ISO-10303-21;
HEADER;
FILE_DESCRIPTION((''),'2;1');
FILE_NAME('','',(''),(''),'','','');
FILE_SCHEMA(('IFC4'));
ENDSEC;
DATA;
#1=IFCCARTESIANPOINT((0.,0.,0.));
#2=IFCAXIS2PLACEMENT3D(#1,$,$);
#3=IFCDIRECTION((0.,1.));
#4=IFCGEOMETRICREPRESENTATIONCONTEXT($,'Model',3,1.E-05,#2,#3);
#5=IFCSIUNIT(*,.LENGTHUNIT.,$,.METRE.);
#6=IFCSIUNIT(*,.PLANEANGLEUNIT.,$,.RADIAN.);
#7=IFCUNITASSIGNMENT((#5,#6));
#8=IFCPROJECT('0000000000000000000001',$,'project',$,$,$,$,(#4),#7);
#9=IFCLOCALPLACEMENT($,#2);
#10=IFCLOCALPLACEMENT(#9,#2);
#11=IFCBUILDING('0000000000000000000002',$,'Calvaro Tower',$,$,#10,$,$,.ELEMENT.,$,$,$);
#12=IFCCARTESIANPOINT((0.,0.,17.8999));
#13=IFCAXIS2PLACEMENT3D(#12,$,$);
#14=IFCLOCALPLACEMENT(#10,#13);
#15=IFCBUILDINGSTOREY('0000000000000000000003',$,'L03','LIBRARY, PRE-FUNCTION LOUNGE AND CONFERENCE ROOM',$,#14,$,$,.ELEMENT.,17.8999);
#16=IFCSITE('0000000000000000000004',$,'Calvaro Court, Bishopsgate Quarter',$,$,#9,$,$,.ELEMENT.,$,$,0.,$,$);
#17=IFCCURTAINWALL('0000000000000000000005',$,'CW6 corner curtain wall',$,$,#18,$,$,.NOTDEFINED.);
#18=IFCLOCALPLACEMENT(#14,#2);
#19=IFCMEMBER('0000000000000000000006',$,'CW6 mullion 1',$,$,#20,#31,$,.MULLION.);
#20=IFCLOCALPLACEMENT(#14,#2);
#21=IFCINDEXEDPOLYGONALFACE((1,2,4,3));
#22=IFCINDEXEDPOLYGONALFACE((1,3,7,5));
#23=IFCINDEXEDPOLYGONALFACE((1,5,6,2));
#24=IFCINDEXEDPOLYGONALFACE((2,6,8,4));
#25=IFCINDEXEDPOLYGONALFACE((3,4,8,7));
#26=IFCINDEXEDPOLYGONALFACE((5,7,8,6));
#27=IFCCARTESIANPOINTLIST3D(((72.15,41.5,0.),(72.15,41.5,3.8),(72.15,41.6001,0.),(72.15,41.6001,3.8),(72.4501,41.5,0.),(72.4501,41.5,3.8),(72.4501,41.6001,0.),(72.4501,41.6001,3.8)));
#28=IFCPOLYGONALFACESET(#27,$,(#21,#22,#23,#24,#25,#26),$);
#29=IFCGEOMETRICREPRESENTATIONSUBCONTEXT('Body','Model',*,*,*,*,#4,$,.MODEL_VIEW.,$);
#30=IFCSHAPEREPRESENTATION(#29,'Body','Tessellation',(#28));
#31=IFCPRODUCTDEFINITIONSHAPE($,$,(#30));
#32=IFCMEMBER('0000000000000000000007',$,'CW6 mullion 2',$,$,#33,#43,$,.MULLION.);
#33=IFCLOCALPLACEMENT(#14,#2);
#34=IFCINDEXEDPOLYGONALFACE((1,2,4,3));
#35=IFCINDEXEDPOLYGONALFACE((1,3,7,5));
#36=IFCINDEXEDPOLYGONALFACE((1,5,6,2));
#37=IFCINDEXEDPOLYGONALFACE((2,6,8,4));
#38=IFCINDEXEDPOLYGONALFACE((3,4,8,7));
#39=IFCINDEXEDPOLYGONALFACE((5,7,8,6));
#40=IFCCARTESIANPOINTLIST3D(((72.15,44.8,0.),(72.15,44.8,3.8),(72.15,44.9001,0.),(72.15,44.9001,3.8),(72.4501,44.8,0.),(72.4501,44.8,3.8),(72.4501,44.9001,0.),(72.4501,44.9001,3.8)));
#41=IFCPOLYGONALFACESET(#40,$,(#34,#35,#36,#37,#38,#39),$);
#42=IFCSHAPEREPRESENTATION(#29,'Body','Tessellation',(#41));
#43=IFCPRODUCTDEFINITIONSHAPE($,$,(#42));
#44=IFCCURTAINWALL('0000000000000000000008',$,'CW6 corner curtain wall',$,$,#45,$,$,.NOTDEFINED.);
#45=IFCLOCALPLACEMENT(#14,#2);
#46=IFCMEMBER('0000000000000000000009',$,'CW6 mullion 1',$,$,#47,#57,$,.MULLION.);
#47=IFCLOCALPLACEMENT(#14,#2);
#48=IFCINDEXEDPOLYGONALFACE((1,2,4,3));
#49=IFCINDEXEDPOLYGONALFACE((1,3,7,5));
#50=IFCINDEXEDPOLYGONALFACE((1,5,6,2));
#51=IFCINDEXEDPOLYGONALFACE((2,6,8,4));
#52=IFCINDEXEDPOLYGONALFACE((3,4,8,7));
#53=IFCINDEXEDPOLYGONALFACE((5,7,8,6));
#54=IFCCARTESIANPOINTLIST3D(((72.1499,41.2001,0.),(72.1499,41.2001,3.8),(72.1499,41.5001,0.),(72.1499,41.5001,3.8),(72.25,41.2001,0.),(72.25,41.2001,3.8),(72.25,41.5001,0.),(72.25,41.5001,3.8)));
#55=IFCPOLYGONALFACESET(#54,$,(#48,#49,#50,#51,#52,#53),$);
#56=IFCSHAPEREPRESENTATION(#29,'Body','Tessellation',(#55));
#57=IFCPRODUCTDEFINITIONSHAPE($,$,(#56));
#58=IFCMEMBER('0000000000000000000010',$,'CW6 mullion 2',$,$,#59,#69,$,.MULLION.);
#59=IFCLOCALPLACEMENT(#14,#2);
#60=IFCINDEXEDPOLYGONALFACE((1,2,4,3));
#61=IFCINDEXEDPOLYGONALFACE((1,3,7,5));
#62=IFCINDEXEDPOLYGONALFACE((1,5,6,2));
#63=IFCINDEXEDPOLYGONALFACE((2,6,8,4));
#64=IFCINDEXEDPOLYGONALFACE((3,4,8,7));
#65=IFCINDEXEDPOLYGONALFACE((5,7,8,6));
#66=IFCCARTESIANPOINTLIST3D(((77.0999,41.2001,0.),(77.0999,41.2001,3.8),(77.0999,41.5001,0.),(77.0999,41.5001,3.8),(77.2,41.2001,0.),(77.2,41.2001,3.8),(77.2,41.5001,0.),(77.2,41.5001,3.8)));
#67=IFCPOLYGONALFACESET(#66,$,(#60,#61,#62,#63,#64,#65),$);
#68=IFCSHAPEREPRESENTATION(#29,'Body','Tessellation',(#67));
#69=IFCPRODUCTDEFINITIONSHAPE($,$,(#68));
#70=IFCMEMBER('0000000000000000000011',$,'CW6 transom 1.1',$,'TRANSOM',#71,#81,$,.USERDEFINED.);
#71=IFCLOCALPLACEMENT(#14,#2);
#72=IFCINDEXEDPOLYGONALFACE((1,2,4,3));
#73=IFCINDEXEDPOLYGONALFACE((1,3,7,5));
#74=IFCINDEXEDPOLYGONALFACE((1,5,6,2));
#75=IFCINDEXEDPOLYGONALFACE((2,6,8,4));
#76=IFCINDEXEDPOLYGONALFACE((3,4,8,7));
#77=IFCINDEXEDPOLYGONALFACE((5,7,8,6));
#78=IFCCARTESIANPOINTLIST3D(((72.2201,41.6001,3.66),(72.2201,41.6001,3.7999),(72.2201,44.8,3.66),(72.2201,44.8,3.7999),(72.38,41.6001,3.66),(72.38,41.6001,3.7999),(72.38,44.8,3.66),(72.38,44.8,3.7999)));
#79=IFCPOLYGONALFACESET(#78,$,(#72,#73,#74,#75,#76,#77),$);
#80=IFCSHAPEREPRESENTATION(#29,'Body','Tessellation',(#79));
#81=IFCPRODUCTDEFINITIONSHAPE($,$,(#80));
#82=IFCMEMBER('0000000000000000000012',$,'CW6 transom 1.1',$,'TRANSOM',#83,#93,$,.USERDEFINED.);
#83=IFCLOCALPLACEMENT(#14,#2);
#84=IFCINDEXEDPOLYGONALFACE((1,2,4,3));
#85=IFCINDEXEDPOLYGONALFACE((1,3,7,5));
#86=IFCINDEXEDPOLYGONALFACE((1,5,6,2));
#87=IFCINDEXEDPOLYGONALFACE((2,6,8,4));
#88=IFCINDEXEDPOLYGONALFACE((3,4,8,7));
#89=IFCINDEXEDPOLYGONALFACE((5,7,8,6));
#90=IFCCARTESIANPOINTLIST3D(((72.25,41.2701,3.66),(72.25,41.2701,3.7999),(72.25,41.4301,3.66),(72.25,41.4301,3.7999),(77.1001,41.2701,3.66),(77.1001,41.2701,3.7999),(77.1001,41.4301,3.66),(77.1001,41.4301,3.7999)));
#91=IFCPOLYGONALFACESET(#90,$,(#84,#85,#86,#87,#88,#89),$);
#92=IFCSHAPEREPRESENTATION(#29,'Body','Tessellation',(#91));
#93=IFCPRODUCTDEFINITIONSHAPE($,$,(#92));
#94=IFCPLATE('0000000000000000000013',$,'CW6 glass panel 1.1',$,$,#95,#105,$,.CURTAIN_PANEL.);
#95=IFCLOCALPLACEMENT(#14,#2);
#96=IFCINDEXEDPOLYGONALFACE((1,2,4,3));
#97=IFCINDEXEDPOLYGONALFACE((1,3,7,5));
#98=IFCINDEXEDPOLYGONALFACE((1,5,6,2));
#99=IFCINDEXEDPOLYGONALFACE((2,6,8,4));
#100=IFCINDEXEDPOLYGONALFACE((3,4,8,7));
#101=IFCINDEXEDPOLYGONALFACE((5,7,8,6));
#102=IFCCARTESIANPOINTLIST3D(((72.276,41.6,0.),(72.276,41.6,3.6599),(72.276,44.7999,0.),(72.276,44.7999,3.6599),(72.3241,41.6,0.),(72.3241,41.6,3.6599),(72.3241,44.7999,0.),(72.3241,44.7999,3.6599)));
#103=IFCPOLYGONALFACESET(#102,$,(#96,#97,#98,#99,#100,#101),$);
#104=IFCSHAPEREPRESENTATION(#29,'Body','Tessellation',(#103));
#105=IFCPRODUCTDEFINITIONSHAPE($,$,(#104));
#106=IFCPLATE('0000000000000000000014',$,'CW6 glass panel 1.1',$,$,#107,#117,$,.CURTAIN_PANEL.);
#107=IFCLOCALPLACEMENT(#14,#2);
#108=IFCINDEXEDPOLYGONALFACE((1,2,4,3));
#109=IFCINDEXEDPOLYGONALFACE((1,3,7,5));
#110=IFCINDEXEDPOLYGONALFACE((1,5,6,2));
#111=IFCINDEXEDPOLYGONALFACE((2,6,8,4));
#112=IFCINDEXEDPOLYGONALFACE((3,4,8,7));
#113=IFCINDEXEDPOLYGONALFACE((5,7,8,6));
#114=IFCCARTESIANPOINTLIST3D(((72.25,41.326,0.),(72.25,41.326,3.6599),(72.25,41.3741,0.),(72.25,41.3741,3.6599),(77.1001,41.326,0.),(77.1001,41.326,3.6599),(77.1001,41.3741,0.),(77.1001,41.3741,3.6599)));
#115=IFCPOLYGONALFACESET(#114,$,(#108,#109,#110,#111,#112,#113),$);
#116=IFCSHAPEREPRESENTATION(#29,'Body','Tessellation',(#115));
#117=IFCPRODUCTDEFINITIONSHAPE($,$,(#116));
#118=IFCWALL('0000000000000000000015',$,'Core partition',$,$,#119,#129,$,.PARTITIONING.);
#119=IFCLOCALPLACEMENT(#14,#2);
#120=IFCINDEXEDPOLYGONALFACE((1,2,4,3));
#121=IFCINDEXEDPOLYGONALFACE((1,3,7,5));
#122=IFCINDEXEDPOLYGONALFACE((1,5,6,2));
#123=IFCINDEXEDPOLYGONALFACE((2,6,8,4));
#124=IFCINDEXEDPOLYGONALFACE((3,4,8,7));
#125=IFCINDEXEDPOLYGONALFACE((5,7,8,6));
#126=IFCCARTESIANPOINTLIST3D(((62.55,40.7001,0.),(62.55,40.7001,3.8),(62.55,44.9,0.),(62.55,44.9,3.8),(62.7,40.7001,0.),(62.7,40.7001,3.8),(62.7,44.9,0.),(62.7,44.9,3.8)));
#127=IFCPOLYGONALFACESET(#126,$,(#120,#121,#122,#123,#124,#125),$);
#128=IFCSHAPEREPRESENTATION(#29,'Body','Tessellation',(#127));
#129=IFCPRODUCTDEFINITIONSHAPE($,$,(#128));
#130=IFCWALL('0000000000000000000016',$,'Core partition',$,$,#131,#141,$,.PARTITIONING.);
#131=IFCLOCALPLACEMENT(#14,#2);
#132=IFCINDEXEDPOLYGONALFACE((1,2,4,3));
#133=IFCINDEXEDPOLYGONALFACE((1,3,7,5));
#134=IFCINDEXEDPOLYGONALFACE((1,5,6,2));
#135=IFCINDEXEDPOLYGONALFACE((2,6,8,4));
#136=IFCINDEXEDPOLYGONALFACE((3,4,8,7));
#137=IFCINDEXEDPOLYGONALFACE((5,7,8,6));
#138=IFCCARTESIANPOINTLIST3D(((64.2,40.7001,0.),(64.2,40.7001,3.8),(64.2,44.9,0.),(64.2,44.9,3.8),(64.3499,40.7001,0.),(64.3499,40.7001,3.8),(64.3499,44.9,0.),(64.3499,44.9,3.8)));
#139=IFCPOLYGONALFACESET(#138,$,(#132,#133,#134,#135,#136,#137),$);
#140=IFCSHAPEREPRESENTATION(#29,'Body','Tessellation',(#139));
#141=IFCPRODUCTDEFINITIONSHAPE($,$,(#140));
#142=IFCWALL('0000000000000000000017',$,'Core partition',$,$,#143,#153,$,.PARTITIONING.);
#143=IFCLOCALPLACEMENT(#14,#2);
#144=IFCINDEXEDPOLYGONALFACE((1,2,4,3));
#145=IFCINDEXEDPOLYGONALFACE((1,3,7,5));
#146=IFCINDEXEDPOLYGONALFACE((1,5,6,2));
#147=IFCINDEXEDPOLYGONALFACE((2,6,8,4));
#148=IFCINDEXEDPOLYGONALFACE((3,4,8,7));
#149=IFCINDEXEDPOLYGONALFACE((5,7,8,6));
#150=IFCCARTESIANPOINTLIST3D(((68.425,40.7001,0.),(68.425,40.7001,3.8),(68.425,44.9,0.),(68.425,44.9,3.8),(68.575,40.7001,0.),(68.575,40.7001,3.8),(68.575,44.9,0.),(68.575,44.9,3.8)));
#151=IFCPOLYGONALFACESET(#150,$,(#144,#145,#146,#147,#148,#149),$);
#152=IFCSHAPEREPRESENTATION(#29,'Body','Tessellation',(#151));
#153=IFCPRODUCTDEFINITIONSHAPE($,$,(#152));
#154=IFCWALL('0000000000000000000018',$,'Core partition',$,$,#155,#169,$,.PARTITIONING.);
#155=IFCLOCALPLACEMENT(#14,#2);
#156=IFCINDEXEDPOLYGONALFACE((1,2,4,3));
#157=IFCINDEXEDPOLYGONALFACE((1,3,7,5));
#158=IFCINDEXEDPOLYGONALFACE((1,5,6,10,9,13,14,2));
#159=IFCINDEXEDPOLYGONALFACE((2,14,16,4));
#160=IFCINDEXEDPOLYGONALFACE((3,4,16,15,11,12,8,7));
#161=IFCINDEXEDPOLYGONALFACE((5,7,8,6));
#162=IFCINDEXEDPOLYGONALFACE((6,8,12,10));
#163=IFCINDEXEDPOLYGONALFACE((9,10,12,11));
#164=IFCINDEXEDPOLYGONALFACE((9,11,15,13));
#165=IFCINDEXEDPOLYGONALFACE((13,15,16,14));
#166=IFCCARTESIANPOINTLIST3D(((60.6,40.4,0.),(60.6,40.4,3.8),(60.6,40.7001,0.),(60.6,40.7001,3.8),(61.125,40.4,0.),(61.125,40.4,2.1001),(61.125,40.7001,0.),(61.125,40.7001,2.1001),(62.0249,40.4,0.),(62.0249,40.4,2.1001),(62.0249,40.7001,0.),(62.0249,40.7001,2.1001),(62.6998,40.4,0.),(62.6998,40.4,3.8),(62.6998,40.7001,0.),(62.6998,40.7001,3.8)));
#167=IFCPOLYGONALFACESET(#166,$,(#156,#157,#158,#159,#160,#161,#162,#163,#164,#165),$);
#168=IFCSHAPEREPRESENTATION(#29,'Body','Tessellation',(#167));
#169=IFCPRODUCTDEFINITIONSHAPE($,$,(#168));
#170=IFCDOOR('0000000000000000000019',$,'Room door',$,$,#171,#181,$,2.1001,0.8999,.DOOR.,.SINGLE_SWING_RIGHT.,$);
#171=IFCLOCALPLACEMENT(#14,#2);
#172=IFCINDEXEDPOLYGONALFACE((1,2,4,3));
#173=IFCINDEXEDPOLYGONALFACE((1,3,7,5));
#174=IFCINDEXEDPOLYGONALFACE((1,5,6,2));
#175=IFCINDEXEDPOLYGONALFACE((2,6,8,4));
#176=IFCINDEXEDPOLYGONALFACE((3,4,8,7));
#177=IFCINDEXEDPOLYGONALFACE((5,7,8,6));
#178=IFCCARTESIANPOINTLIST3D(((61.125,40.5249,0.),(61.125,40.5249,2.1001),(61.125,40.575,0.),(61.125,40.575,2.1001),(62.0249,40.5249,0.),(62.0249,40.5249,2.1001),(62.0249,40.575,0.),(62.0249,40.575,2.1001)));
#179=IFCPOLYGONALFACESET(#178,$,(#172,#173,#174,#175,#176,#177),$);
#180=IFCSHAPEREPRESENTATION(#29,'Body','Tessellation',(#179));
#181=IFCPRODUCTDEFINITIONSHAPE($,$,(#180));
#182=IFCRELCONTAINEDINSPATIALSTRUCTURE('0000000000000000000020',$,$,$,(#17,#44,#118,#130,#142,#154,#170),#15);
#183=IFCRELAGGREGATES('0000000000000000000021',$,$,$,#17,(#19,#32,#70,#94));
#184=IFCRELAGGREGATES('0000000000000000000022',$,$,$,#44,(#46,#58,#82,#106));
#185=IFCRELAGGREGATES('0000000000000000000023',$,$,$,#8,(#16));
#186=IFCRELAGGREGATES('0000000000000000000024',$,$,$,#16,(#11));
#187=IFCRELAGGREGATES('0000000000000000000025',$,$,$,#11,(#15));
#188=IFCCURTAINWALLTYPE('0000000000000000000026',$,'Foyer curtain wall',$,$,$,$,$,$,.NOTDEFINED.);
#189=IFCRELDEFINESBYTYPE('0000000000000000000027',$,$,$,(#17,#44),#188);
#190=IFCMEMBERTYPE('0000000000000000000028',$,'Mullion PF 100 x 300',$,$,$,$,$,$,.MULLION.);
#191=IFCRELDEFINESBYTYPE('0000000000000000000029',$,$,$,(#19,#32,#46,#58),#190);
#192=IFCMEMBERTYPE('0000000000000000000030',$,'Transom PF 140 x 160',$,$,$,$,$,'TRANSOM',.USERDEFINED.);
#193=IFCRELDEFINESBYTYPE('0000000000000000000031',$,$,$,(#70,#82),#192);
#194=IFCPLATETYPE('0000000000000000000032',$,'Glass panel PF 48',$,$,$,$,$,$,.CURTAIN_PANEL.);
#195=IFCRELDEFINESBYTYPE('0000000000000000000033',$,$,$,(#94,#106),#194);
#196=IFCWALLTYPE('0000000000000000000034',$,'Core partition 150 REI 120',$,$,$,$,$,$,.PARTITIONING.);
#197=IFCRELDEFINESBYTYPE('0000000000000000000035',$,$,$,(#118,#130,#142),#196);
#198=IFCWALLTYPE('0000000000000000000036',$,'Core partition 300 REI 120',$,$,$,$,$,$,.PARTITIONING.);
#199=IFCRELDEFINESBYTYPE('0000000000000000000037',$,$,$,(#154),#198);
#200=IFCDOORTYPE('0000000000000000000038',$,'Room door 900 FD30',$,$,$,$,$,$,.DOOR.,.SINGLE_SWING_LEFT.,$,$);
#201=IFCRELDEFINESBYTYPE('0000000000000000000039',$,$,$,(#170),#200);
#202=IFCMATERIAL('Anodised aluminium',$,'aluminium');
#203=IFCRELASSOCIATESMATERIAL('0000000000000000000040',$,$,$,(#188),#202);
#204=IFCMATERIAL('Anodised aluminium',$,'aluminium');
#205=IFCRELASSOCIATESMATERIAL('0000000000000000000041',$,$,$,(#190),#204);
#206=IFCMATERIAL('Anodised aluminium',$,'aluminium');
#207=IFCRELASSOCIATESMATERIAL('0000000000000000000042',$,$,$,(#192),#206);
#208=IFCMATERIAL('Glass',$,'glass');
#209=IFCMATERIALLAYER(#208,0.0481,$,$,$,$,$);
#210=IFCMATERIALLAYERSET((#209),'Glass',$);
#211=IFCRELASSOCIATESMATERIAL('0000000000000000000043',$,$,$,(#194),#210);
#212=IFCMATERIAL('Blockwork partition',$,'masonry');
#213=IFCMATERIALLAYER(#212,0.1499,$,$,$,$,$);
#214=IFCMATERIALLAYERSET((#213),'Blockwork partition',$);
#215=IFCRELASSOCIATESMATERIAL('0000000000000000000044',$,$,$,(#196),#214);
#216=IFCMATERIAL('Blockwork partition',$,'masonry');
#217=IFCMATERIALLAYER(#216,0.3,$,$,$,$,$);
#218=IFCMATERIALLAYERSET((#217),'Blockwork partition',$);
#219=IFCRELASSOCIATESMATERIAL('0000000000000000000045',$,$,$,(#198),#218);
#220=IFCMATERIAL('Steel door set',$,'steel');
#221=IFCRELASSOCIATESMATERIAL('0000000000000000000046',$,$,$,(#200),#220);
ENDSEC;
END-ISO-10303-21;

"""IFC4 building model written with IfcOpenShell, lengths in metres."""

from ifc_helpers import new_model, si_unit, direction, frame, frame_2d, origin, origin_2d, place, context, subcontext, project, spatial, rectangle, extrude, material, layer, layer_set, material_profile, profile_set, type_object, element, fill, aggregate, save


model = new_model("IFC4")

# Units and contexts
model_context = context("Model", 3, precision=1e-05, world=origin(), true_north=direction((0.0, 1.0)))
body_context = subcontext(model_context, "Body", "Model", "MODEL_VIEW")
ifc_project = project(units=[si_unit("LENGTHUNIT", "METRE"), si_unit("PLANEANGLEUNIT", "RADIAN")], contexts=[model_context])

# Site, building, storey
site_placement = place(None, origin())
site = spatial("IfcSite", under=ifc_project, at=site_placement, Name="Calvaro Court, Bishopsgate Quarter", CompositionType="ELEMENT", RefElevation=0.0)
building_placement = place(site_placement, origin())
building = spatial("IfcBuilding", under=site, at=building_placement, Name="Calvaro Tower", CompositionType="ELEMENT")
storey_placement = place(building_placement, frame((0.0, 0.0, 17.8999)))
storey = spatial("IfcBuildingStorey", under=building, at=storey_placement, Name="L03", Description="LIBRARY, PRE-FUNCTION LOUNGE AND CONFERENCE ROOM", CompositionType="ELEMENT", Elevation=17.8999)

# Curtain walls, members
ifc_material_1 = material(Name="Anodised aluminium", Category="aluminium")
curtain_wall_type = type_object("IfcCurtainWallType", Name="Foyer curtain wall", PredefinedType="NOTDEFINED", material=ifc_material_1)
curtain_wall_1_placement = place(storey_placement, origin())
curtain_wall_1 = element("IfcCurtainWall", 1, at=curtain_wall_1_placement, inside=storey, type_object=curtain_wall_type, Name="CW6 corner curtain wall", PredefinedType="NOTDEFINED")
ifc_material_2 = material(Name="Anodised aluminium", Category="aluminium")
ifc_material_profile_1 = material_profile(ifc_material_2, rectangle(XDim=0.3, YDim=0.1001, at=origin_2d()), Name="Mullion PF 100 x 300")
ifc_profile_set_1 = profile_set([ifc_material_profile_1], Name="Anodised aluminium")
member_type_1 = type_object("IfcMemberType", Name="Mullion PF 100 x 300", PredefinedType="MULLION", material=ifc_profile_set_1)
member_1_placement = place(storey_placement, frame((72.3, 41.55, 0.0), z_axis=(0.0, 0.0, 1.0), x_axis=(-1.0, 0.0, 0.0)))
member_1 = element("IfcMember", 2, at=member_1_placement, type_object=member_type_1, Name="CW6 mullion 1", PredefinedType="MULLION", context=body_context, shape_type="SweptSolid", body=[
    extrude(rectangle(XDim=0.3, YDim=0.1001, at=origin_2d()), origin(), (0.0, 0.0, 1.0), 3.8),
])
member_2_placement = place(storey_placement, frame((72.3, 44.8501, 0.0), z_axis=(0.0, 0.0, 1.0), x_axis=(-1.0, 0.0, 0.0)))
member_2 = element("IfcMember", 3, at=member_2_placement, type_object=member_type_1, Name="CW6 mullion 2", PredefinedType="MULLION", context=body_context, shape_type="SweptSolid", body=[
    extrude(rectangle(XDim=0.3, YDim=0.1001, at=origin_2d()), origin(), (0.0, 0.0, 1.0), 3.8),
])
curtain_wall_2_placement = place(storey_placement, origin())
curtain_wall_2 = element("IfcCurtainWall", 4, at=curtain_wall_2_placement, inside=storey, type_object=curtain_wall_type, Name="CW6 corner curtain wall", PredefinedType="NOTDEFINED")
member_3_placement = place(storey_placement, frame((72.2, 41.3501, 0.0), z_axis=(0.0, 0.0, 1.0), x_axis=(0.0, 1.0, 0.0)))
member_3 = element("IfcMember", 5, at=member_3_placement, type_object=member_type_1, Name="CW6 mullion 1", PredefinedType="MULLION", context=body_context, shape_type="SweptSolid", body=[
    extrude(rectangle(XDim=0.3, YDim=0.1001, at=origin_2d()), origin(), (0.0, 0.0, 1.0), 3.8),
])
member_4_placement = place(storey_placement, frame((77.1499, 41.3501, 0.0), z_axis=(0.0, 0.0, 1.0), x_axis=(0.0, 1.0, 0.0)))
member_4 = element("IfcMember", 6, at=member_4_placement, type_object=member_type_1, Name="CW6 mullion 2", PredefinedType="MULLION", context=body_context, shape_type="SweptSolid", body=[
    extrude(rectangle(XDim=0.3, YDim=0.1001, at=origin_2d()), origin(), (0.0, 0.0, 1.0), 3.8),
])

# Members
ifc_material_3 = material(Name="Anodised aluminium", Category="aluminium")
ifc_material_profile_2 = material_profile(ifc_material_3, rectangle(XDim=0.1599, YDim=0.1399, at=origin_2d()), Name="Transom PF 140 x 160")
ifc_profile_set_2 = profile_set([ifc_material_profile_2], Name="Anodised aluminium")
member_type_2 = type_object("IfcMemberType", Name="Transom PF 140 x 160", ElementType="TRANSOM", PredefinedType="USERDEFINED", material=ifc_profile_set_2)
member_5_placement = place(storey_placement, frame((72.3, 41.6001, 3.73), z_axis=(0.0, 1.0, 0.0), x_axis=(-1.0, 0.0, 0.0)))
member_5 = element("IfcMember", 7, at=member_5_placement, type_object=member_type_2, Name="CW6 transom 1.1", ObjectType="TRANSOM", PredefinedType="USERDEFINED", context=body_context, shape_type="SweptSolid", body=[
    extrude(rectangle(XDim=0.1599, YDim=0.1399, at=origin_2d()), origin(), (0.0, 0.0, 1.0), 3.2),
])
member_6_placement = place(storey_placement, frame((72.25, 41.3501, 3.73), z_axis=(1.0, 0.0, 0.0), x_axis=(0.0, 1.0, 0.0)))
member_6 = element("IfcMember", 8, at=member_6_placement, type_object=member_type_2, Name="CW6 transom 1.1", ObjectType="TRANSOM", PredefinedType="USERDEFINED", context=body_context, shape_type="SweptSolid", body=[
    extrude(rectangle(XDim=0.1599, YDim=0.1399, at=origin_2d()), origin(), (0.0, 0.0, 1.0), 4.8501),
])

# Plates
ifc_material_4 = material(Name="Glass", Category="glass")
ifc_layer_1 = layer(ifc_material_4, 0.0481)
ifc_layer_set_1 = layer_set([ifc_layer_1], Name="Glass")
plate_type = type_object("IfcPlateType", Name="Glass panel PF 48", PredefinedType="CURTAIN_PANEL", material=ifc_layer_set_1)
plate_1_placement = place(storey_placement, frame((72.3, 43.2, 0.0), z_axis=(0.0, 0.0, 1.0), x_axis=(0.0, 1.0, 0.0)))
plate_1 = element("IfcPlate", 9, at=plate_1_placement, type_object=plate_type, Name="CW6 glass panel 1.1", PredefinedType="CURTAIN_PANEL", context=body_context, shape_type="SweptSolid", body=[
    extrude(rectangle(XDim=3.2, YDim=0.0481, at=origin_2d()), origin(), (0.0, 0.0, 1.0), 3.6599),
])
aggregate(curtain_wall_1, [member_1, member_2, member_5, plate_1])
plate_2_placement = place(storey_placement, frame((74.675, 41.3501, 0.0), z_axis=(0.0, 0.0, 1.0), x_axis=(1.0, 0.0, 0.0)))
plate_2 = element("IfcPlate", 10, at=plate_2_placement, type_object=plate_type, Name="CW6 glass panel 1.1", PredefinedType="CURTAIN_PANEL", context=body_context, shape_type="SweptSolid", body=[
    extrude(rectangle(XDim=4.8501, YDim=0.0481, at=origin_2d()), origin(), (0.0, 0.0, 1.0), 3.6599),
])
aggregate(curtain_wall_2, [member_3, member_4, member_6, plate_2])

# Walls
ifc_material_5 = material(Name="Blockwork partition", Category="masonry")
ifc_layer_2 = layer(ifc_material_5, 0.1499)
ifc_layer_set_2 = layer_set([ifc_layer_2], Name="Blockwork partition")
wall_type_1 = type_object("IfcWallType", Name="Core partition 150 REI 120", PredefinedType="PARTITIONING", material=ifc_layer_set_2)
for number, where, z_axis, x_axis, name in (
    (11, (62.625, 40.7, 0.0), (0.0, 0.0, 1.0), (0.0, 1.0, 0.0), "Core partition"),
    (12, (64.2749, 40.7, 0.0), (0.0, 0.0, 1.0), (0.0, 1.0, 0.0), "Core partition"),
    (13, (68.5, 40.7, 0.0), (0.0, 0.0, 1.0), (0.0, 1.0, 0.0), "Core partition"),
):
    element("IfcWall", number, at=place(storey_placement, frame(where, z_axis=z_axis, x_axis=x_axis)), inside=storey, type_object=wall_type_1, Name=name, PredefinedType="PARTITIONING", context=body_context, shape_type="SweptSolid", body=[
        extrude(rectangle(XDim=4.2, YDim=0.1499, at=frame_2d((2.1001, 0.0))), origin(), (0.0, 0.0, 1.0), 3.8),
    ])

# Wall, opening, door
ifc_material_6 = material(Name="Blockwork partition", Category="masonry")
ifc_layer_3 = layer(ifc_material_6, 0.3)
ifc_layer_set_3 = layer_set([ifc_layer_3], Name="Blockwork partition")
wall_type_2 = type_object("IfcWallType", Name="Core partition 300 REI 120", PredefinedType="PARTITIONING", material=ifc_layer_set_3)
wall_1_placement = place(storey_placement, frame((60.6001, 40.55, 0.0), z_axis=(0.0, 0.0, 1.0), x_axis=(1.0, 0.0, 0.0)))
wall_1 = element("IfcWall", 14, at=wall_1_placement, inside=storey, type_object=wall_type_2, Name="Core partition", PredefinedType="PARTITIONING", context=body_context, shape_type="SweptSolid", body=[
    extrude(rectangle(XDim=2.0999, YDim=0.3, at=frame_2d((1.0498, 0.0))), origin(), (0.0, 0.0, 1.0), 3.8),
])
opening_1_placement = place(wall_1_placement, frame((0.5249, 0.0, 0.0)))
opening_1 = element("IfcOpeningElement", 15, at=opening_1_placement, cuts=wall_1, PredefinedType="OPENING", context=body_context, shape_type="SweptSolid", body=[
    extrude(rectangle(XDim=0.8999, YDim=2.1001, at=frame_2d((0.45, 1.05))), frame((0.0, 0.1599, 0.0), z_axis=(0.0, -1.0, 0.0), x_axis=(1.0, 0.0, 0.0)), (0.0, 0.0, 1.0), 0.3201),
])
ifc_material_7 = material(Name="Steel door set", Category="steel")
door_type_1 = type_object("IfcDoorType", Name="Room door 900 FD30", OperationType="SINGLE_SWING_LEFT", PredefinedType="DOOR", material=ifc_material_7)
door_1_placement = place(opening_1_placement, origin())
door_1 = element("IfcDoor", 16, at=door_1_placement, inside=storey, type_object=door_type_1, Name="Room door", OperationType="SINGLE_SWING_RIGHT", OverallHeight=2.1001, OverallWidth=0.8999, PredefinedType="DOOR", context=body_context, shape_type="SweptSolid", body=[
    extrude(rectangle(XDim=0.8999, YDim=2.1001, at=frame_2d((0.45, 1.05))), frame((0.0, 0.0249, 0.0), z_axis=(0.0, -1.0, 0.0), x_axis=(1.0, 0.0, 0.0)), (0.0, 0.0, 1.0), 0.05),
])
fill(opening_1, door_1)

save(model, "model.ifc")
